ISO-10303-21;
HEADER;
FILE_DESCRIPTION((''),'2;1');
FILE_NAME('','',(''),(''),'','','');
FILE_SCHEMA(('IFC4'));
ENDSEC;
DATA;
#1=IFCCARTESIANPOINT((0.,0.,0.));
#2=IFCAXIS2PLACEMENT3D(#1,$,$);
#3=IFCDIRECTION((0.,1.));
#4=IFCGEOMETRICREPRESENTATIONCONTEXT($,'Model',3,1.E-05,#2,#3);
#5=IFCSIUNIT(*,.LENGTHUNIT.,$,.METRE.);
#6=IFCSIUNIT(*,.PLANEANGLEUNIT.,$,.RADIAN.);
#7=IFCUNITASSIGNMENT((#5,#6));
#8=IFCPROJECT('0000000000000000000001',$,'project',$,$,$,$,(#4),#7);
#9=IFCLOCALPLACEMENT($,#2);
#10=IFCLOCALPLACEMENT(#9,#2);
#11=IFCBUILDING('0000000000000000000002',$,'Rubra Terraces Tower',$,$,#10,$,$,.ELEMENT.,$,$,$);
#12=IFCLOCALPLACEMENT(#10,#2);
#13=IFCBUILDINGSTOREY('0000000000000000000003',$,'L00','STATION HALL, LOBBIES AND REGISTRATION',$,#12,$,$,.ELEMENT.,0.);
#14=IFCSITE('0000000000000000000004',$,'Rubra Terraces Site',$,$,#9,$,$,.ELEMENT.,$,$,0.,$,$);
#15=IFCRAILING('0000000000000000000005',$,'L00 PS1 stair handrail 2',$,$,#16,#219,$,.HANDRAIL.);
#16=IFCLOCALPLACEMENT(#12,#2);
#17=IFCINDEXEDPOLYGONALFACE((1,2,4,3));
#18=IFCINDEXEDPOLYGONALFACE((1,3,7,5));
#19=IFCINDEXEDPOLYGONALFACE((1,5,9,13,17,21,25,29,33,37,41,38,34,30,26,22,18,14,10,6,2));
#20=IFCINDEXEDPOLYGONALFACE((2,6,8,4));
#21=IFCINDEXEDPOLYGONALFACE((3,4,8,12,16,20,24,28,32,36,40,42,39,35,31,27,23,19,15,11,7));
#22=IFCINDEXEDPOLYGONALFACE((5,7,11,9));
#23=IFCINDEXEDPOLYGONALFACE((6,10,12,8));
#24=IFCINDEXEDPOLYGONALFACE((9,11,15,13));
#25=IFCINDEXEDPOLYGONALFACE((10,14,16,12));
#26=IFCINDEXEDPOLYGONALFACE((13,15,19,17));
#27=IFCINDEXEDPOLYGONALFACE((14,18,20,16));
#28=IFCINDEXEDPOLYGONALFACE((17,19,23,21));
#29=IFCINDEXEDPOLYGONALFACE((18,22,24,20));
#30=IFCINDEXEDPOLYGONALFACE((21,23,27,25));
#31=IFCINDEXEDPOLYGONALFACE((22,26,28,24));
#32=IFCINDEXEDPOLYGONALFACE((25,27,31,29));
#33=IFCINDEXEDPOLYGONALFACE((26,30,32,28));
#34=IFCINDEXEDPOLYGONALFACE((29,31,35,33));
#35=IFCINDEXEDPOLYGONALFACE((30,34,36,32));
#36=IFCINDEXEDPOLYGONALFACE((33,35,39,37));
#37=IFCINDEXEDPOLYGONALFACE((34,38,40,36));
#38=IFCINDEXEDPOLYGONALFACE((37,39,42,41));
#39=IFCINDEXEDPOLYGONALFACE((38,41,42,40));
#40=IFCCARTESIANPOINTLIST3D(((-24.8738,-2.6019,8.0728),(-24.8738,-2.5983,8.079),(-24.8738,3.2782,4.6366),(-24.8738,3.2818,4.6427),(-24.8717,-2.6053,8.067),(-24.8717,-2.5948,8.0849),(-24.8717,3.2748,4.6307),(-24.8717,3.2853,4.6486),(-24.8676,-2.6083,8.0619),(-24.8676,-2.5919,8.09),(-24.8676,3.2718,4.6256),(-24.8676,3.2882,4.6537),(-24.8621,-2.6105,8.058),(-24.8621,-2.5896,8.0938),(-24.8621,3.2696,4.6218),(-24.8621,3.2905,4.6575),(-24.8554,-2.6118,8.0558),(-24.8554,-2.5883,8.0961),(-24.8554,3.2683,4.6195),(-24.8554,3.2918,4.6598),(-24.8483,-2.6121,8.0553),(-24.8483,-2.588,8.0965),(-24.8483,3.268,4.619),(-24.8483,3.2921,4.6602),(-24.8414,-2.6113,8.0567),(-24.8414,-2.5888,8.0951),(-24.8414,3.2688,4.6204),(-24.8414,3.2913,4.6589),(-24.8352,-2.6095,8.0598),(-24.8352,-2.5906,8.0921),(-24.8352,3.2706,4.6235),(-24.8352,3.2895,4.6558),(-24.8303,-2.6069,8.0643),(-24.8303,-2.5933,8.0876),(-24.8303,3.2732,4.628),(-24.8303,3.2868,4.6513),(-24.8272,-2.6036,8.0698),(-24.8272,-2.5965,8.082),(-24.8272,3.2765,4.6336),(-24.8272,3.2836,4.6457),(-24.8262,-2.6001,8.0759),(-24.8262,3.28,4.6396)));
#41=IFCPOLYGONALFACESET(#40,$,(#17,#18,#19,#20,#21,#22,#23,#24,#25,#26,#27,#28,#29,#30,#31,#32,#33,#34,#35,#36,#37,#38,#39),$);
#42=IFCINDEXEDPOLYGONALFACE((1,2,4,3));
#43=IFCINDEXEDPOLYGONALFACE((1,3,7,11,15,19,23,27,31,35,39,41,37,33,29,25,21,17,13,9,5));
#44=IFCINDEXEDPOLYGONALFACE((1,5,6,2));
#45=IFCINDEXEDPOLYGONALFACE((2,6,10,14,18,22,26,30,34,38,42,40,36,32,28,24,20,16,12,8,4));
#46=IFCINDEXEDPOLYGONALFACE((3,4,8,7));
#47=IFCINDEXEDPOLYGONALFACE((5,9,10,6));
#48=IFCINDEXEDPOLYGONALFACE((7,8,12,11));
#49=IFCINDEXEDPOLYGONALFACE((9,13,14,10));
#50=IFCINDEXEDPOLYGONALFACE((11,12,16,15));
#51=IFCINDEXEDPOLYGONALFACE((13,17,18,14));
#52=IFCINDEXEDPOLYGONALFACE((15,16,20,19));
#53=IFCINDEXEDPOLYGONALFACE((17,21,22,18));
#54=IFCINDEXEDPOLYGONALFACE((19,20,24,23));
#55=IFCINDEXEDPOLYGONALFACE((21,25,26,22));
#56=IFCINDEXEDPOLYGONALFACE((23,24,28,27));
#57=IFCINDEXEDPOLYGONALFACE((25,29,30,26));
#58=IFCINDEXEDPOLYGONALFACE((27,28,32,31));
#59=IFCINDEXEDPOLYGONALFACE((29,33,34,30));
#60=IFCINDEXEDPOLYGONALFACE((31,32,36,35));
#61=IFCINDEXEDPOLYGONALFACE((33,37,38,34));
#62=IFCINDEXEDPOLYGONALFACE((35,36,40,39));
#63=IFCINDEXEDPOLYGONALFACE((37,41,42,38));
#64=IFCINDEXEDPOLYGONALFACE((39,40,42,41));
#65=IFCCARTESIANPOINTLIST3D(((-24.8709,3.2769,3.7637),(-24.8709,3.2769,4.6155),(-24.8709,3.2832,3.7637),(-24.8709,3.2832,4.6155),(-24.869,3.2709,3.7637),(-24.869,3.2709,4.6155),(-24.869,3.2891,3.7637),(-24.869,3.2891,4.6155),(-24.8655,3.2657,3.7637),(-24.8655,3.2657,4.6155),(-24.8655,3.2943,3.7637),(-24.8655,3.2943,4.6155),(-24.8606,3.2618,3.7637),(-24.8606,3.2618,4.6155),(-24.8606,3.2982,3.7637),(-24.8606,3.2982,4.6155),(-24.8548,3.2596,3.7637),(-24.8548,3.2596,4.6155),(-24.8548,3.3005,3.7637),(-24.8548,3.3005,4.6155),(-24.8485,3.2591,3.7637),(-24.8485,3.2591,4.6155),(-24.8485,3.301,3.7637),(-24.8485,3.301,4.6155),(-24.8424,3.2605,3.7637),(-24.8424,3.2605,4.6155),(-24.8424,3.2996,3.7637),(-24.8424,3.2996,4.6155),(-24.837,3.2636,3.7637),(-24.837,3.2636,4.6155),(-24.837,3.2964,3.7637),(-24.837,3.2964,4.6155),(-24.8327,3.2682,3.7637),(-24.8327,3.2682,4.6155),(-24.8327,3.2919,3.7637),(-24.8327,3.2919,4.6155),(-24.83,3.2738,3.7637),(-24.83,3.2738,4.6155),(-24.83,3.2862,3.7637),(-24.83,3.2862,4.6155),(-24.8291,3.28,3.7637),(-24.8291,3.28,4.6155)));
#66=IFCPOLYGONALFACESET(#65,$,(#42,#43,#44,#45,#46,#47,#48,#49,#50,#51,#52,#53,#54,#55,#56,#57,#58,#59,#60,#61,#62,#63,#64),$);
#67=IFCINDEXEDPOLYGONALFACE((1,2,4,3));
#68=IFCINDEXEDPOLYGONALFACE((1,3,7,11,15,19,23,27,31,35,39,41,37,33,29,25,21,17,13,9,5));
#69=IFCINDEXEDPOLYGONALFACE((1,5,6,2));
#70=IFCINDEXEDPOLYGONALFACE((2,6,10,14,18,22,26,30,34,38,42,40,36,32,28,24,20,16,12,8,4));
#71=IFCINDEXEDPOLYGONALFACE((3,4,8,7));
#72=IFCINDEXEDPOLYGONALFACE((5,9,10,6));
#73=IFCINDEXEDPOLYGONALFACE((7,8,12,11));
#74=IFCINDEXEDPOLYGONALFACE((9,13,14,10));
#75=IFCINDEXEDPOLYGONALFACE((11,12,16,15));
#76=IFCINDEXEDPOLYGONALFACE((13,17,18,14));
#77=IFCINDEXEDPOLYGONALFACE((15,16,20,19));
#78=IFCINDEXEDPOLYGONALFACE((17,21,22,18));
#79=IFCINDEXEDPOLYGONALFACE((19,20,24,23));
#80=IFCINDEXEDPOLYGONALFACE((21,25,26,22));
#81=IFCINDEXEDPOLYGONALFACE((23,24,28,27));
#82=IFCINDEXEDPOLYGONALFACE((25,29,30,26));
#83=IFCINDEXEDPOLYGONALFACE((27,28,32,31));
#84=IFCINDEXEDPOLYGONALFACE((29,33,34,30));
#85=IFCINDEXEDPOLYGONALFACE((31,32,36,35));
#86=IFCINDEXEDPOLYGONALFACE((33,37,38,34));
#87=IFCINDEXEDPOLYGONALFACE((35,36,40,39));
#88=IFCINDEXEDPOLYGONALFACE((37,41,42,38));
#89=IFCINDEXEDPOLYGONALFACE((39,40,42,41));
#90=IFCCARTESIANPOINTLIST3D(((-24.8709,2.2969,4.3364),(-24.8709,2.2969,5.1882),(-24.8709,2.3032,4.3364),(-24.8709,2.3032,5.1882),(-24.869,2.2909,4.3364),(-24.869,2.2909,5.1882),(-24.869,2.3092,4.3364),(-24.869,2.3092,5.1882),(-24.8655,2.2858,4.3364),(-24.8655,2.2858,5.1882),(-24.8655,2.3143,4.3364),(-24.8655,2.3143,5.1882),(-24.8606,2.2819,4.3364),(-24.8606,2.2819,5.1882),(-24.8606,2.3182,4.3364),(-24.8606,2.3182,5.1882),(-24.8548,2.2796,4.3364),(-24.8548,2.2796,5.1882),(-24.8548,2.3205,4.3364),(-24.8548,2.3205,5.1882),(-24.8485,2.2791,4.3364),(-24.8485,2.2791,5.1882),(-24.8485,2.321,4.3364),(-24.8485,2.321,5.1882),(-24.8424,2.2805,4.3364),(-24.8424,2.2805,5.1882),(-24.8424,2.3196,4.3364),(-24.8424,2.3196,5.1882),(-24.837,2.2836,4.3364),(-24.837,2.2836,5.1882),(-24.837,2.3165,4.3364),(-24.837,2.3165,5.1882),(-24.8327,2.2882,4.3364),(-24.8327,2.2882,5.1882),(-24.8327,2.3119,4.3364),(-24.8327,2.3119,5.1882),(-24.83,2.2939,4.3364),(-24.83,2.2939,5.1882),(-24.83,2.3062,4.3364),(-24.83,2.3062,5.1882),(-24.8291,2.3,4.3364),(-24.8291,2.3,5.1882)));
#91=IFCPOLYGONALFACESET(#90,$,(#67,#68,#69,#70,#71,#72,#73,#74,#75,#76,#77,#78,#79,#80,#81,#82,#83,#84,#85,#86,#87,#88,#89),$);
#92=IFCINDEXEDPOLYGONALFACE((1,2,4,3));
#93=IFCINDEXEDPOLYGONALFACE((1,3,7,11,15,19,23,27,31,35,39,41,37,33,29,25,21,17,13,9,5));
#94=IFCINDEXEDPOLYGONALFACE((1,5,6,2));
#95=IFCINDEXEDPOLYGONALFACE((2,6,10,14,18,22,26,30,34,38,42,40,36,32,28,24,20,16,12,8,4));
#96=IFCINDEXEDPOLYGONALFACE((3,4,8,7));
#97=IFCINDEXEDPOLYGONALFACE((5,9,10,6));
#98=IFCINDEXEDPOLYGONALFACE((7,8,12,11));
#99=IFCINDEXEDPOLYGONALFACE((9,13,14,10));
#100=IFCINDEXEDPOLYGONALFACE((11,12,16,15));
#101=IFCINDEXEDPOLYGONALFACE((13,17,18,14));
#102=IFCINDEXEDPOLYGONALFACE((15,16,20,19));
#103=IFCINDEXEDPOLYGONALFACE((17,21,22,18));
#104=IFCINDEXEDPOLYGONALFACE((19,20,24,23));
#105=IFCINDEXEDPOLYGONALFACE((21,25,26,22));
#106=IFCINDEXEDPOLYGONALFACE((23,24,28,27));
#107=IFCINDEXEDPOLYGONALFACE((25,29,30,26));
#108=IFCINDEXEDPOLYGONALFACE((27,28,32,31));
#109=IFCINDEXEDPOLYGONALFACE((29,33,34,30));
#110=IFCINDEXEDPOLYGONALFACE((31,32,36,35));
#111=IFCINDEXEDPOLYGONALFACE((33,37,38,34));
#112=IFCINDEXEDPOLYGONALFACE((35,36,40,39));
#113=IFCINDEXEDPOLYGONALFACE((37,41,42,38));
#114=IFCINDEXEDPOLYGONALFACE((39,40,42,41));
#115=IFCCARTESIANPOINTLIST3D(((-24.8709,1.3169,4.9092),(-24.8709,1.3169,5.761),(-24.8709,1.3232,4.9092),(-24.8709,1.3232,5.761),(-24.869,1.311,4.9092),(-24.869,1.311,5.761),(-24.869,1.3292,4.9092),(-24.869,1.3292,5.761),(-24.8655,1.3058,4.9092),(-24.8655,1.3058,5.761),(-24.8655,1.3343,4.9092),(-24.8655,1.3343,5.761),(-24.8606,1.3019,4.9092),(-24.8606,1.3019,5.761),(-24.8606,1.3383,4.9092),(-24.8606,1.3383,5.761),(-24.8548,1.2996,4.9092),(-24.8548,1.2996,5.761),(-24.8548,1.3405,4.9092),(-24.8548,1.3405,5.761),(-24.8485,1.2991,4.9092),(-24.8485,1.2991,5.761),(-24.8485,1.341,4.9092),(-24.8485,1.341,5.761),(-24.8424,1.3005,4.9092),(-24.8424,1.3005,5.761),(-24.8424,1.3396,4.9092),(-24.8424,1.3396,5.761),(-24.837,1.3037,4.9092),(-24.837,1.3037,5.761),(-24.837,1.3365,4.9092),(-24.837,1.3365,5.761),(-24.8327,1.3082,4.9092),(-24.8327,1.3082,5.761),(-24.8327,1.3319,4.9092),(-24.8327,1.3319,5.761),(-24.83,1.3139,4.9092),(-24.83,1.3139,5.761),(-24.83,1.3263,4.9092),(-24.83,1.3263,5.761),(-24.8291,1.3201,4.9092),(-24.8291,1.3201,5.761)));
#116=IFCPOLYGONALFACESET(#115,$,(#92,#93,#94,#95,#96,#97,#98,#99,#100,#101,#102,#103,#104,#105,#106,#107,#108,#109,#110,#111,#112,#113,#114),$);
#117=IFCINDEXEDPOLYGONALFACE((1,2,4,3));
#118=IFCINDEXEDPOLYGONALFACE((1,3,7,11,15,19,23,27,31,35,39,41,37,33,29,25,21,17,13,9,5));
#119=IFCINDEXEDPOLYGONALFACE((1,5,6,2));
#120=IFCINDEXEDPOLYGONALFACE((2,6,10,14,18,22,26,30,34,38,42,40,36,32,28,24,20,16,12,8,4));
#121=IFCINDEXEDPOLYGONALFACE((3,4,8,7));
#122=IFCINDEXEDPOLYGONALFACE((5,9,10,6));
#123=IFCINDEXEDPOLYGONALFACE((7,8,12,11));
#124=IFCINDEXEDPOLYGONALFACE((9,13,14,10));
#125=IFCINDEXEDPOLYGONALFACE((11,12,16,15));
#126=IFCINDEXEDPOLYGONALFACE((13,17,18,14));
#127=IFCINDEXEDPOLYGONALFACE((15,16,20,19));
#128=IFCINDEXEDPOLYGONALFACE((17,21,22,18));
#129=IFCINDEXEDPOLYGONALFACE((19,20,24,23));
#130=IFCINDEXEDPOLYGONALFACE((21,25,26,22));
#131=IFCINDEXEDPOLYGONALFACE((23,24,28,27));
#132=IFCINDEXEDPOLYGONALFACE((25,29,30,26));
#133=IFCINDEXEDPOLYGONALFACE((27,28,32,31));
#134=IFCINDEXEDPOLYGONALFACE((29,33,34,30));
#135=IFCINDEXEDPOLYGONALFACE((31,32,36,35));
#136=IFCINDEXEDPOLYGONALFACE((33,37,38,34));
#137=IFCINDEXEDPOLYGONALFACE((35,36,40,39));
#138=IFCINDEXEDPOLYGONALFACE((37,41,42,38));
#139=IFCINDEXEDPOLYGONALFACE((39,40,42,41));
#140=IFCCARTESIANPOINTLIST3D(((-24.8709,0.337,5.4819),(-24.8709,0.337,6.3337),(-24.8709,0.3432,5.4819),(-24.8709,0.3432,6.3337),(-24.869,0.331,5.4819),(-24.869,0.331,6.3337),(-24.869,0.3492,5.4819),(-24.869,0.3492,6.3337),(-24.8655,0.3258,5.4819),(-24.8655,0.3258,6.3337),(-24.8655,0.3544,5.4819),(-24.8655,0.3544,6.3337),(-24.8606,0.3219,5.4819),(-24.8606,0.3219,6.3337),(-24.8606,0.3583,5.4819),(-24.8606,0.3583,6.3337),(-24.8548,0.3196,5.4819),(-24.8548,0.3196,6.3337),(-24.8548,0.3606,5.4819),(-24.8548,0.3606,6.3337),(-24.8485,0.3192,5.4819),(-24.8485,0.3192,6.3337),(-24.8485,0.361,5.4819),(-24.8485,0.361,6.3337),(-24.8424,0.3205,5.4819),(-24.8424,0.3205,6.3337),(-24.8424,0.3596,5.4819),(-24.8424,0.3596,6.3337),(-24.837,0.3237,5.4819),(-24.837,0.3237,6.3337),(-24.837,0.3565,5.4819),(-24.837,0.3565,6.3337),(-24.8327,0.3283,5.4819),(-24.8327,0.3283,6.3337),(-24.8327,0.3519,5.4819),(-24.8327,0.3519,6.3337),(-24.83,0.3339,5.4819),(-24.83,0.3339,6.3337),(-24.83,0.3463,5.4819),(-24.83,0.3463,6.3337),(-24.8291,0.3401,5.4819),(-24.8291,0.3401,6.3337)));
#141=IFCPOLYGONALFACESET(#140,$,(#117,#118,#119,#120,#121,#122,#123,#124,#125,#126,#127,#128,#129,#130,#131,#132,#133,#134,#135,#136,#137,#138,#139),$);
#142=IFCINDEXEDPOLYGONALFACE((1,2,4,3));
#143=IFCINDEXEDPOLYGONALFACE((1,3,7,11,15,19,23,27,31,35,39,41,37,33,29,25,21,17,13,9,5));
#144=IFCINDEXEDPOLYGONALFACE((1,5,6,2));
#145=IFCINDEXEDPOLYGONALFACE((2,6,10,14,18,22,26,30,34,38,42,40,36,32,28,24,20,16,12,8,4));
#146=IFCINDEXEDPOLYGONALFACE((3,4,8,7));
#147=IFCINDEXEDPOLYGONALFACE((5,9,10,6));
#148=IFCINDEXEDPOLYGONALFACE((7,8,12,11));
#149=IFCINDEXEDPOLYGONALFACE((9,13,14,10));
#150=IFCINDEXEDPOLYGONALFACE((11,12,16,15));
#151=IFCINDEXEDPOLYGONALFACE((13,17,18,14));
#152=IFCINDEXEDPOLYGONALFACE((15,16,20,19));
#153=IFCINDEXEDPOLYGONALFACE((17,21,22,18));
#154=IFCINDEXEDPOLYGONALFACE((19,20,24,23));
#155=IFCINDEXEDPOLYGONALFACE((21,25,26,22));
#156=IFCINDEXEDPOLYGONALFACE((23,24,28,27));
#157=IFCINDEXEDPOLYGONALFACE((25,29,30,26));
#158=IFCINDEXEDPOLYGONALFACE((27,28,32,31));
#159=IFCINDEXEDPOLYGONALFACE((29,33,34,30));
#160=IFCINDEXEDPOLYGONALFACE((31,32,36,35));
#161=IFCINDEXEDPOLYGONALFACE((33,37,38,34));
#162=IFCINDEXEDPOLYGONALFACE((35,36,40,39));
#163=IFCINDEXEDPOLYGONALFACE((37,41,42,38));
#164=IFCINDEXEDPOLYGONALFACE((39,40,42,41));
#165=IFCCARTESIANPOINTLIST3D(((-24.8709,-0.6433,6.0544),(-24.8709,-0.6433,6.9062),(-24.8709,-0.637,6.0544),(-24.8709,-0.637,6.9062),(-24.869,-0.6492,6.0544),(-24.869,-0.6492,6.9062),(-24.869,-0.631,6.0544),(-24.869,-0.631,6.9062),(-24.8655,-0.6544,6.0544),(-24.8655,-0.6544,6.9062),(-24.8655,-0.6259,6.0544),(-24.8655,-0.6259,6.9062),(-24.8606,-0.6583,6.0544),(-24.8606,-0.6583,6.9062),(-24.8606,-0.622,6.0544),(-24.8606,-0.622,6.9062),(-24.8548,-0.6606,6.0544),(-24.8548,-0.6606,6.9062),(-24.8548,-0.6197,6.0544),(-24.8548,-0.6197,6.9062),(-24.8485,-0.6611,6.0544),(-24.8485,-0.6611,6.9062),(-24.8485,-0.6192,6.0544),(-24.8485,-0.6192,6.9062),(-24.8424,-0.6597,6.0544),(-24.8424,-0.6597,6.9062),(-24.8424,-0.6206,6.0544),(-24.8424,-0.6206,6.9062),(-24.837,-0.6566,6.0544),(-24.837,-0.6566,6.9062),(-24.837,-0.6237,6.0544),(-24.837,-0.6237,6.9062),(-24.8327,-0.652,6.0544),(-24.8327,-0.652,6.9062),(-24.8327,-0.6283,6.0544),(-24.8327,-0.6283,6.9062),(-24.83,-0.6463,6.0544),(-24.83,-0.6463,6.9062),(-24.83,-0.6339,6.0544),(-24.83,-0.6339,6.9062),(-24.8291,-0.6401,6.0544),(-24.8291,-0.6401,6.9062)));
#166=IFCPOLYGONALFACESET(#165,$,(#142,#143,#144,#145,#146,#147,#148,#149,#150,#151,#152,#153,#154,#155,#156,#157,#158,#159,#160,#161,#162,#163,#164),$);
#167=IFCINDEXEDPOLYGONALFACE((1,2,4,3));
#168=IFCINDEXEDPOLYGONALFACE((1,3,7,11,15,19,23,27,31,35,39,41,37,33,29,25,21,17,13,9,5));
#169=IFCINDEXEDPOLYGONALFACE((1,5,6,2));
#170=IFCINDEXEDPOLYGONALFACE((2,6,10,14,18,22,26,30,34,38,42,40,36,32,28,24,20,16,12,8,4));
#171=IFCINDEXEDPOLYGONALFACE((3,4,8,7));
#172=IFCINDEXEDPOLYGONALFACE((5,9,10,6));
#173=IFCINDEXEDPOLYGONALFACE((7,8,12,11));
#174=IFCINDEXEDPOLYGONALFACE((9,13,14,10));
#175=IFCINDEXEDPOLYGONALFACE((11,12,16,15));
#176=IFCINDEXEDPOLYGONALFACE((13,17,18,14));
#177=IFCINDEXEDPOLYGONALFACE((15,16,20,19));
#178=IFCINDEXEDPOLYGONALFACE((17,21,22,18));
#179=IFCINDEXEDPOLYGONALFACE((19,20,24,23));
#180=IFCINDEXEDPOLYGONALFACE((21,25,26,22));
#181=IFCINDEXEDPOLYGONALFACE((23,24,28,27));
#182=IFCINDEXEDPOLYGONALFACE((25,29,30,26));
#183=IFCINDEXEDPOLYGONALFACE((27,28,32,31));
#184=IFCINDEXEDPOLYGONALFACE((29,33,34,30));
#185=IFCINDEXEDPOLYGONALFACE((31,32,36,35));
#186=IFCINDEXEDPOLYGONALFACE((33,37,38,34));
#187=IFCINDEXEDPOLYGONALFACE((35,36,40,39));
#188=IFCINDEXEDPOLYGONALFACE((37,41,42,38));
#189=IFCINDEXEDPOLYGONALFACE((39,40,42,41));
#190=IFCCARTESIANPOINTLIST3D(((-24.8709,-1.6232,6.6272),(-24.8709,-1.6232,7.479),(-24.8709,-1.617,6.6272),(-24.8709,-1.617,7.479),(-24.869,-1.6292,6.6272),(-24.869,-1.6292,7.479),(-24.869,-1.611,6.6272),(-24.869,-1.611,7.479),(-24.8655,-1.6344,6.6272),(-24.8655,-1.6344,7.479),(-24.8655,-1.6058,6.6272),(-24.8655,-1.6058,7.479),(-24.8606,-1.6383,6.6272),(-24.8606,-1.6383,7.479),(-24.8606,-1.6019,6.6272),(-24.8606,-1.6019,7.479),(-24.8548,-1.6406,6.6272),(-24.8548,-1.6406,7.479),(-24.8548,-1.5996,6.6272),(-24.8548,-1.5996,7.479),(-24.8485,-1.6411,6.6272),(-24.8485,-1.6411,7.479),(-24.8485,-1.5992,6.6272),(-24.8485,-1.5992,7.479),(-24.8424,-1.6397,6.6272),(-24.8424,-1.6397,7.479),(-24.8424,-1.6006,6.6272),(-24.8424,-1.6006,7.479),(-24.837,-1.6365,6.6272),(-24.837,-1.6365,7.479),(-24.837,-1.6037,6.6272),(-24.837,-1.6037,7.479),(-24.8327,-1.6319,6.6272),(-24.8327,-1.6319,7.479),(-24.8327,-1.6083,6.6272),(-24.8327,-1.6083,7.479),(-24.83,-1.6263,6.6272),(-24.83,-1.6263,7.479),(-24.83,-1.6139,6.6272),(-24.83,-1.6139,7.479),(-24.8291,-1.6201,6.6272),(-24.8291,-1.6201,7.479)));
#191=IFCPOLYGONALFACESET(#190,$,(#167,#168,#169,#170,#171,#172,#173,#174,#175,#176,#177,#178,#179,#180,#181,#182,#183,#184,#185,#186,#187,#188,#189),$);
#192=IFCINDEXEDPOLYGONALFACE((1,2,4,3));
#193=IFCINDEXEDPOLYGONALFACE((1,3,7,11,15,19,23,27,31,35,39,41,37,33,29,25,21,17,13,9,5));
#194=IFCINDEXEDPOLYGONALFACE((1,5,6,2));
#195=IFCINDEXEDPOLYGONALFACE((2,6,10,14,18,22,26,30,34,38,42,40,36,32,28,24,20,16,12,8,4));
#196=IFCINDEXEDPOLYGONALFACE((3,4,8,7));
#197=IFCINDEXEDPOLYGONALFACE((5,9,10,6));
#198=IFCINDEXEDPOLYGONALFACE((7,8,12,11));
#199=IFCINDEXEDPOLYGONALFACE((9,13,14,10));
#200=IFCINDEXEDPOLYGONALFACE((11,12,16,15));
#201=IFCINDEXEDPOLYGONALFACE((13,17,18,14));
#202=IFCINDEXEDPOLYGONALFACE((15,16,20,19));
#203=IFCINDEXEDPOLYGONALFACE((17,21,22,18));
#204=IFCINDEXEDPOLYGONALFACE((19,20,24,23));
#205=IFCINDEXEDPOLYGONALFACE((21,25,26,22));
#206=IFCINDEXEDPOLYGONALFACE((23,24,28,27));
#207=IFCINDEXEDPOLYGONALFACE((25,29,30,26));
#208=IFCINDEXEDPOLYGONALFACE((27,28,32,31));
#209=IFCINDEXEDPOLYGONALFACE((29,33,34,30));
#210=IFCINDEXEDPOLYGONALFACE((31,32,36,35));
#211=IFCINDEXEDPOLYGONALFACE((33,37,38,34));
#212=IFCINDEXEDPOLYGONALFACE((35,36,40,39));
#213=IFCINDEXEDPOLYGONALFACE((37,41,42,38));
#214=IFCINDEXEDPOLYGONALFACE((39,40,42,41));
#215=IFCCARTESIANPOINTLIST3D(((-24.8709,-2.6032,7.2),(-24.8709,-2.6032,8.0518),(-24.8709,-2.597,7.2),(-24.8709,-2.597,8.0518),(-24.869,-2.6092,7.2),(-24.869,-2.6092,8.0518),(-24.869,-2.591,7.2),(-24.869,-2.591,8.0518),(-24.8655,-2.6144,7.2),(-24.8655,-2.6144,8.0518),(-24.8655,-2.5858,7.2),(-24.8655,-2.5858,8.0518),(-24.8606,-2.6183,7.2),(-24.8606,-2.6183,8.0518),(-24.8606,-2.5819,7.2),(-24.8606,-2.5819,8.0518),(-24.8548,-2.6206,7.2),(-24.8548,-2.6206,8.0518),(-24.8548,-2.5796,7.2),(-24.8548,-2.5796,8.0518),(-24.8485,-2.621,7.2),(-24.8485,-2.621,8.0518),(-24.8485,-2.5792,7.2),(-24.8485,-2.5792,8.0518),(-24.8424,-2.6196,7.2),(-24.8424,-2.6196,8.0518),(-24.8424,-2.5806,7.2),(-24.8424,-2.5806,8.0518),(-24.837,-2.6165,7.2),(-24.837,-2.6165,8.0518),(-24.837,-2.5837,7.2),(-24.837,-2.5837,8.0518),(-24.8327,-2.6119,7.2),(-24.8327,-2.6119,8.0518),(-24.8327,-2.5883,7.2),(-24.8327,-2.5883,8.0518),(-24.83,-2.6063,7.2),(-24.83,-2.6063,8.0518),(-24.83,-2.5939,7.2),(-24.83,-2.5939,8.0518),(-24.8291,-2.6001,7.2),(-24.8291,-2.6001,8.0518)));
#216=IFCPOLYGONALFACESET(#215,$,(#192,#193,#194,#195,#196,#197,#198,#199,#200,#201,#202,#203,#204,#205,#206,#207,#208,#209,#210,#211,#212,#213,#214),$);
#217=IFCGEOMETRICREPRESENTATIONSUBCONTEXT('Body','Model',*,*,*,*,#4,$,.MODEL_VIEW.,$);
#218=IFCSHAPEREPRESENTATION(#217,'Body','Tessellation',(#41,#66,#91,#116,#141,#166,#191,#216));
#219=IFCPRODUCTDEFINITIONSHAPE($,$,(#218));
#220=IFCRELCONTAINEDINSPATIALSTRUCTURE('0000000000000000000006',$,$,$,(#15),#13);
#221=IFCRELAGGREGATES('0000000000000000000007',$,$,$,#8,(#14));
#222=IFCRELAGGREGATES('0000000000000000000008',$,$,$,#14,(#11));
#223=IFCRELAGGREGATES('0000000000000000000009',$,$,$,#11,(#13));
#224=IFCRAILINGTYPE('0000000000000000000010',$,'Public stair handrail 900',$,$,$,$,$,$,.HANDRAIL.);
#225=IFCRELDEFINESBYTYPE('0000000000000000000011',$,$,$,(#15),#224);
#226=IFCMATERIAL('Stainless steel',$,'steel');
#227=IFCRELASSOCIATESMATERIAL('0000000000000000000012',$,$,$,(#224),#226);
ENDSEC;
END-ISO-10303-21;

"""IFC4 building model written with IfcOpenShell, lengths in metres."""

from ifc_helpers import new_model, si_unit, direction, frame, origin, origin_2d, place, context, subcontext, project, spatial, circle, extrude, material, type_object, element, save


model = new_model("IFC4")

# Units and contexts
model_context = context("Model", 3, precision=1e-05, world=origin(), true_north=direction((0.0, 1.0)))
body_context = subcontext(model_context, "Body", "Model", "MODEL_VIEW")
ifc_project = project(units=[si_unit("LENGTHUNIT", "METRE"), si_unit("PLANEANGLEUNIT", "RADIAN")], contexts=[model_context])

# Site, building, storey
site_placement = place(None, origin())
site = spatial("IfcSite", under=ifc_project, at=site_placement, Name="Rubra Terraces Site", CompositionType="ELEMENT", RefElevation=0.0)
building_placement = place(site_placement, origin())
building = spatial("IfcBuilding", under=site, at=building_placement, Name="Rubra Terraces Tower", CompositionType="ELEMENT")
storey_placement = place(building_placement, origin())
storey = spatial("IfcBuildingStorey", under=building, at=storey_placement, Name="L00", Description="STATION HALL, LOBBIES AND REGISTRATION", CompositionType="ELEMENT", Elevation=0.0)

# Railing
ifc_material_1 = material(Name="Stainless steel", Category="steel")
railing_type_1 = type_object("IfcRailingType", Name="Public stair handrail 900", PredefinedType="HANDRAIL", material=ifc_material_1)
railing_1_placement = place(storey_placement, frame((-24.8501, 3.28, 3.7637)))
element("IfcRailing", 1, at=railing_1_placement, inside=storey, type_object=railing_type_1, Name="L00 PS1 stair handrail 2", PredefinedType="HANDRAIL", context=body_context, shape_type="SweptSolid", body=[
    extrude(circle(Radius=0.0239, at=origin_2d()), frame((0.0, 0.0, 0.876), z_axis=(0.0, -0.863382, 0.504551), x_axis=(1.0, 0.0, 0.0)), (0.0, 0.0, 1.0), 6.8105),
    extrude(circle(Radius=0.021, at=origin_2d()), origin(), (0.0, 0.0, 1.0), 0.8518),
    extrude(circle(Radius=0.021, at=origin_2d()), frame((0.0, -0.98, 0.5728)), (0.0, 0.0, 1.0), 0.8518),
    extrude(circle(Radius=0.021, at=origin_2d()), frame((0.0, -1.96, 1.1455)), (0.0, 0.0, 1.0), 0.8518),
    extrude(circle(Radius=0.021, at=origin_2d()), frame((0.0, -2.9399, 1.7183)), (0.0, 0.0, 1.0), 0.8518),
    extrude(circle(Radius=0.021, at=origin_2d()), frame((0.0, -3.9202, 2.2908)), (0.0, 0.0, 1.0), 0.8518),
    extrude(circle(Radius=0.021, at=origin_2d()), frame((0.0, -4.9001, 2.8635)), (0.0, 0.0, 1.0), 0.8518),
    extrude(circle(Radius=0.021, at=origin_2d()), frame((0.0, -5.8801, 3.4363)), (0.0, 0.0, 1.0), 0.8518),
])

save(model, "model.ifc")
